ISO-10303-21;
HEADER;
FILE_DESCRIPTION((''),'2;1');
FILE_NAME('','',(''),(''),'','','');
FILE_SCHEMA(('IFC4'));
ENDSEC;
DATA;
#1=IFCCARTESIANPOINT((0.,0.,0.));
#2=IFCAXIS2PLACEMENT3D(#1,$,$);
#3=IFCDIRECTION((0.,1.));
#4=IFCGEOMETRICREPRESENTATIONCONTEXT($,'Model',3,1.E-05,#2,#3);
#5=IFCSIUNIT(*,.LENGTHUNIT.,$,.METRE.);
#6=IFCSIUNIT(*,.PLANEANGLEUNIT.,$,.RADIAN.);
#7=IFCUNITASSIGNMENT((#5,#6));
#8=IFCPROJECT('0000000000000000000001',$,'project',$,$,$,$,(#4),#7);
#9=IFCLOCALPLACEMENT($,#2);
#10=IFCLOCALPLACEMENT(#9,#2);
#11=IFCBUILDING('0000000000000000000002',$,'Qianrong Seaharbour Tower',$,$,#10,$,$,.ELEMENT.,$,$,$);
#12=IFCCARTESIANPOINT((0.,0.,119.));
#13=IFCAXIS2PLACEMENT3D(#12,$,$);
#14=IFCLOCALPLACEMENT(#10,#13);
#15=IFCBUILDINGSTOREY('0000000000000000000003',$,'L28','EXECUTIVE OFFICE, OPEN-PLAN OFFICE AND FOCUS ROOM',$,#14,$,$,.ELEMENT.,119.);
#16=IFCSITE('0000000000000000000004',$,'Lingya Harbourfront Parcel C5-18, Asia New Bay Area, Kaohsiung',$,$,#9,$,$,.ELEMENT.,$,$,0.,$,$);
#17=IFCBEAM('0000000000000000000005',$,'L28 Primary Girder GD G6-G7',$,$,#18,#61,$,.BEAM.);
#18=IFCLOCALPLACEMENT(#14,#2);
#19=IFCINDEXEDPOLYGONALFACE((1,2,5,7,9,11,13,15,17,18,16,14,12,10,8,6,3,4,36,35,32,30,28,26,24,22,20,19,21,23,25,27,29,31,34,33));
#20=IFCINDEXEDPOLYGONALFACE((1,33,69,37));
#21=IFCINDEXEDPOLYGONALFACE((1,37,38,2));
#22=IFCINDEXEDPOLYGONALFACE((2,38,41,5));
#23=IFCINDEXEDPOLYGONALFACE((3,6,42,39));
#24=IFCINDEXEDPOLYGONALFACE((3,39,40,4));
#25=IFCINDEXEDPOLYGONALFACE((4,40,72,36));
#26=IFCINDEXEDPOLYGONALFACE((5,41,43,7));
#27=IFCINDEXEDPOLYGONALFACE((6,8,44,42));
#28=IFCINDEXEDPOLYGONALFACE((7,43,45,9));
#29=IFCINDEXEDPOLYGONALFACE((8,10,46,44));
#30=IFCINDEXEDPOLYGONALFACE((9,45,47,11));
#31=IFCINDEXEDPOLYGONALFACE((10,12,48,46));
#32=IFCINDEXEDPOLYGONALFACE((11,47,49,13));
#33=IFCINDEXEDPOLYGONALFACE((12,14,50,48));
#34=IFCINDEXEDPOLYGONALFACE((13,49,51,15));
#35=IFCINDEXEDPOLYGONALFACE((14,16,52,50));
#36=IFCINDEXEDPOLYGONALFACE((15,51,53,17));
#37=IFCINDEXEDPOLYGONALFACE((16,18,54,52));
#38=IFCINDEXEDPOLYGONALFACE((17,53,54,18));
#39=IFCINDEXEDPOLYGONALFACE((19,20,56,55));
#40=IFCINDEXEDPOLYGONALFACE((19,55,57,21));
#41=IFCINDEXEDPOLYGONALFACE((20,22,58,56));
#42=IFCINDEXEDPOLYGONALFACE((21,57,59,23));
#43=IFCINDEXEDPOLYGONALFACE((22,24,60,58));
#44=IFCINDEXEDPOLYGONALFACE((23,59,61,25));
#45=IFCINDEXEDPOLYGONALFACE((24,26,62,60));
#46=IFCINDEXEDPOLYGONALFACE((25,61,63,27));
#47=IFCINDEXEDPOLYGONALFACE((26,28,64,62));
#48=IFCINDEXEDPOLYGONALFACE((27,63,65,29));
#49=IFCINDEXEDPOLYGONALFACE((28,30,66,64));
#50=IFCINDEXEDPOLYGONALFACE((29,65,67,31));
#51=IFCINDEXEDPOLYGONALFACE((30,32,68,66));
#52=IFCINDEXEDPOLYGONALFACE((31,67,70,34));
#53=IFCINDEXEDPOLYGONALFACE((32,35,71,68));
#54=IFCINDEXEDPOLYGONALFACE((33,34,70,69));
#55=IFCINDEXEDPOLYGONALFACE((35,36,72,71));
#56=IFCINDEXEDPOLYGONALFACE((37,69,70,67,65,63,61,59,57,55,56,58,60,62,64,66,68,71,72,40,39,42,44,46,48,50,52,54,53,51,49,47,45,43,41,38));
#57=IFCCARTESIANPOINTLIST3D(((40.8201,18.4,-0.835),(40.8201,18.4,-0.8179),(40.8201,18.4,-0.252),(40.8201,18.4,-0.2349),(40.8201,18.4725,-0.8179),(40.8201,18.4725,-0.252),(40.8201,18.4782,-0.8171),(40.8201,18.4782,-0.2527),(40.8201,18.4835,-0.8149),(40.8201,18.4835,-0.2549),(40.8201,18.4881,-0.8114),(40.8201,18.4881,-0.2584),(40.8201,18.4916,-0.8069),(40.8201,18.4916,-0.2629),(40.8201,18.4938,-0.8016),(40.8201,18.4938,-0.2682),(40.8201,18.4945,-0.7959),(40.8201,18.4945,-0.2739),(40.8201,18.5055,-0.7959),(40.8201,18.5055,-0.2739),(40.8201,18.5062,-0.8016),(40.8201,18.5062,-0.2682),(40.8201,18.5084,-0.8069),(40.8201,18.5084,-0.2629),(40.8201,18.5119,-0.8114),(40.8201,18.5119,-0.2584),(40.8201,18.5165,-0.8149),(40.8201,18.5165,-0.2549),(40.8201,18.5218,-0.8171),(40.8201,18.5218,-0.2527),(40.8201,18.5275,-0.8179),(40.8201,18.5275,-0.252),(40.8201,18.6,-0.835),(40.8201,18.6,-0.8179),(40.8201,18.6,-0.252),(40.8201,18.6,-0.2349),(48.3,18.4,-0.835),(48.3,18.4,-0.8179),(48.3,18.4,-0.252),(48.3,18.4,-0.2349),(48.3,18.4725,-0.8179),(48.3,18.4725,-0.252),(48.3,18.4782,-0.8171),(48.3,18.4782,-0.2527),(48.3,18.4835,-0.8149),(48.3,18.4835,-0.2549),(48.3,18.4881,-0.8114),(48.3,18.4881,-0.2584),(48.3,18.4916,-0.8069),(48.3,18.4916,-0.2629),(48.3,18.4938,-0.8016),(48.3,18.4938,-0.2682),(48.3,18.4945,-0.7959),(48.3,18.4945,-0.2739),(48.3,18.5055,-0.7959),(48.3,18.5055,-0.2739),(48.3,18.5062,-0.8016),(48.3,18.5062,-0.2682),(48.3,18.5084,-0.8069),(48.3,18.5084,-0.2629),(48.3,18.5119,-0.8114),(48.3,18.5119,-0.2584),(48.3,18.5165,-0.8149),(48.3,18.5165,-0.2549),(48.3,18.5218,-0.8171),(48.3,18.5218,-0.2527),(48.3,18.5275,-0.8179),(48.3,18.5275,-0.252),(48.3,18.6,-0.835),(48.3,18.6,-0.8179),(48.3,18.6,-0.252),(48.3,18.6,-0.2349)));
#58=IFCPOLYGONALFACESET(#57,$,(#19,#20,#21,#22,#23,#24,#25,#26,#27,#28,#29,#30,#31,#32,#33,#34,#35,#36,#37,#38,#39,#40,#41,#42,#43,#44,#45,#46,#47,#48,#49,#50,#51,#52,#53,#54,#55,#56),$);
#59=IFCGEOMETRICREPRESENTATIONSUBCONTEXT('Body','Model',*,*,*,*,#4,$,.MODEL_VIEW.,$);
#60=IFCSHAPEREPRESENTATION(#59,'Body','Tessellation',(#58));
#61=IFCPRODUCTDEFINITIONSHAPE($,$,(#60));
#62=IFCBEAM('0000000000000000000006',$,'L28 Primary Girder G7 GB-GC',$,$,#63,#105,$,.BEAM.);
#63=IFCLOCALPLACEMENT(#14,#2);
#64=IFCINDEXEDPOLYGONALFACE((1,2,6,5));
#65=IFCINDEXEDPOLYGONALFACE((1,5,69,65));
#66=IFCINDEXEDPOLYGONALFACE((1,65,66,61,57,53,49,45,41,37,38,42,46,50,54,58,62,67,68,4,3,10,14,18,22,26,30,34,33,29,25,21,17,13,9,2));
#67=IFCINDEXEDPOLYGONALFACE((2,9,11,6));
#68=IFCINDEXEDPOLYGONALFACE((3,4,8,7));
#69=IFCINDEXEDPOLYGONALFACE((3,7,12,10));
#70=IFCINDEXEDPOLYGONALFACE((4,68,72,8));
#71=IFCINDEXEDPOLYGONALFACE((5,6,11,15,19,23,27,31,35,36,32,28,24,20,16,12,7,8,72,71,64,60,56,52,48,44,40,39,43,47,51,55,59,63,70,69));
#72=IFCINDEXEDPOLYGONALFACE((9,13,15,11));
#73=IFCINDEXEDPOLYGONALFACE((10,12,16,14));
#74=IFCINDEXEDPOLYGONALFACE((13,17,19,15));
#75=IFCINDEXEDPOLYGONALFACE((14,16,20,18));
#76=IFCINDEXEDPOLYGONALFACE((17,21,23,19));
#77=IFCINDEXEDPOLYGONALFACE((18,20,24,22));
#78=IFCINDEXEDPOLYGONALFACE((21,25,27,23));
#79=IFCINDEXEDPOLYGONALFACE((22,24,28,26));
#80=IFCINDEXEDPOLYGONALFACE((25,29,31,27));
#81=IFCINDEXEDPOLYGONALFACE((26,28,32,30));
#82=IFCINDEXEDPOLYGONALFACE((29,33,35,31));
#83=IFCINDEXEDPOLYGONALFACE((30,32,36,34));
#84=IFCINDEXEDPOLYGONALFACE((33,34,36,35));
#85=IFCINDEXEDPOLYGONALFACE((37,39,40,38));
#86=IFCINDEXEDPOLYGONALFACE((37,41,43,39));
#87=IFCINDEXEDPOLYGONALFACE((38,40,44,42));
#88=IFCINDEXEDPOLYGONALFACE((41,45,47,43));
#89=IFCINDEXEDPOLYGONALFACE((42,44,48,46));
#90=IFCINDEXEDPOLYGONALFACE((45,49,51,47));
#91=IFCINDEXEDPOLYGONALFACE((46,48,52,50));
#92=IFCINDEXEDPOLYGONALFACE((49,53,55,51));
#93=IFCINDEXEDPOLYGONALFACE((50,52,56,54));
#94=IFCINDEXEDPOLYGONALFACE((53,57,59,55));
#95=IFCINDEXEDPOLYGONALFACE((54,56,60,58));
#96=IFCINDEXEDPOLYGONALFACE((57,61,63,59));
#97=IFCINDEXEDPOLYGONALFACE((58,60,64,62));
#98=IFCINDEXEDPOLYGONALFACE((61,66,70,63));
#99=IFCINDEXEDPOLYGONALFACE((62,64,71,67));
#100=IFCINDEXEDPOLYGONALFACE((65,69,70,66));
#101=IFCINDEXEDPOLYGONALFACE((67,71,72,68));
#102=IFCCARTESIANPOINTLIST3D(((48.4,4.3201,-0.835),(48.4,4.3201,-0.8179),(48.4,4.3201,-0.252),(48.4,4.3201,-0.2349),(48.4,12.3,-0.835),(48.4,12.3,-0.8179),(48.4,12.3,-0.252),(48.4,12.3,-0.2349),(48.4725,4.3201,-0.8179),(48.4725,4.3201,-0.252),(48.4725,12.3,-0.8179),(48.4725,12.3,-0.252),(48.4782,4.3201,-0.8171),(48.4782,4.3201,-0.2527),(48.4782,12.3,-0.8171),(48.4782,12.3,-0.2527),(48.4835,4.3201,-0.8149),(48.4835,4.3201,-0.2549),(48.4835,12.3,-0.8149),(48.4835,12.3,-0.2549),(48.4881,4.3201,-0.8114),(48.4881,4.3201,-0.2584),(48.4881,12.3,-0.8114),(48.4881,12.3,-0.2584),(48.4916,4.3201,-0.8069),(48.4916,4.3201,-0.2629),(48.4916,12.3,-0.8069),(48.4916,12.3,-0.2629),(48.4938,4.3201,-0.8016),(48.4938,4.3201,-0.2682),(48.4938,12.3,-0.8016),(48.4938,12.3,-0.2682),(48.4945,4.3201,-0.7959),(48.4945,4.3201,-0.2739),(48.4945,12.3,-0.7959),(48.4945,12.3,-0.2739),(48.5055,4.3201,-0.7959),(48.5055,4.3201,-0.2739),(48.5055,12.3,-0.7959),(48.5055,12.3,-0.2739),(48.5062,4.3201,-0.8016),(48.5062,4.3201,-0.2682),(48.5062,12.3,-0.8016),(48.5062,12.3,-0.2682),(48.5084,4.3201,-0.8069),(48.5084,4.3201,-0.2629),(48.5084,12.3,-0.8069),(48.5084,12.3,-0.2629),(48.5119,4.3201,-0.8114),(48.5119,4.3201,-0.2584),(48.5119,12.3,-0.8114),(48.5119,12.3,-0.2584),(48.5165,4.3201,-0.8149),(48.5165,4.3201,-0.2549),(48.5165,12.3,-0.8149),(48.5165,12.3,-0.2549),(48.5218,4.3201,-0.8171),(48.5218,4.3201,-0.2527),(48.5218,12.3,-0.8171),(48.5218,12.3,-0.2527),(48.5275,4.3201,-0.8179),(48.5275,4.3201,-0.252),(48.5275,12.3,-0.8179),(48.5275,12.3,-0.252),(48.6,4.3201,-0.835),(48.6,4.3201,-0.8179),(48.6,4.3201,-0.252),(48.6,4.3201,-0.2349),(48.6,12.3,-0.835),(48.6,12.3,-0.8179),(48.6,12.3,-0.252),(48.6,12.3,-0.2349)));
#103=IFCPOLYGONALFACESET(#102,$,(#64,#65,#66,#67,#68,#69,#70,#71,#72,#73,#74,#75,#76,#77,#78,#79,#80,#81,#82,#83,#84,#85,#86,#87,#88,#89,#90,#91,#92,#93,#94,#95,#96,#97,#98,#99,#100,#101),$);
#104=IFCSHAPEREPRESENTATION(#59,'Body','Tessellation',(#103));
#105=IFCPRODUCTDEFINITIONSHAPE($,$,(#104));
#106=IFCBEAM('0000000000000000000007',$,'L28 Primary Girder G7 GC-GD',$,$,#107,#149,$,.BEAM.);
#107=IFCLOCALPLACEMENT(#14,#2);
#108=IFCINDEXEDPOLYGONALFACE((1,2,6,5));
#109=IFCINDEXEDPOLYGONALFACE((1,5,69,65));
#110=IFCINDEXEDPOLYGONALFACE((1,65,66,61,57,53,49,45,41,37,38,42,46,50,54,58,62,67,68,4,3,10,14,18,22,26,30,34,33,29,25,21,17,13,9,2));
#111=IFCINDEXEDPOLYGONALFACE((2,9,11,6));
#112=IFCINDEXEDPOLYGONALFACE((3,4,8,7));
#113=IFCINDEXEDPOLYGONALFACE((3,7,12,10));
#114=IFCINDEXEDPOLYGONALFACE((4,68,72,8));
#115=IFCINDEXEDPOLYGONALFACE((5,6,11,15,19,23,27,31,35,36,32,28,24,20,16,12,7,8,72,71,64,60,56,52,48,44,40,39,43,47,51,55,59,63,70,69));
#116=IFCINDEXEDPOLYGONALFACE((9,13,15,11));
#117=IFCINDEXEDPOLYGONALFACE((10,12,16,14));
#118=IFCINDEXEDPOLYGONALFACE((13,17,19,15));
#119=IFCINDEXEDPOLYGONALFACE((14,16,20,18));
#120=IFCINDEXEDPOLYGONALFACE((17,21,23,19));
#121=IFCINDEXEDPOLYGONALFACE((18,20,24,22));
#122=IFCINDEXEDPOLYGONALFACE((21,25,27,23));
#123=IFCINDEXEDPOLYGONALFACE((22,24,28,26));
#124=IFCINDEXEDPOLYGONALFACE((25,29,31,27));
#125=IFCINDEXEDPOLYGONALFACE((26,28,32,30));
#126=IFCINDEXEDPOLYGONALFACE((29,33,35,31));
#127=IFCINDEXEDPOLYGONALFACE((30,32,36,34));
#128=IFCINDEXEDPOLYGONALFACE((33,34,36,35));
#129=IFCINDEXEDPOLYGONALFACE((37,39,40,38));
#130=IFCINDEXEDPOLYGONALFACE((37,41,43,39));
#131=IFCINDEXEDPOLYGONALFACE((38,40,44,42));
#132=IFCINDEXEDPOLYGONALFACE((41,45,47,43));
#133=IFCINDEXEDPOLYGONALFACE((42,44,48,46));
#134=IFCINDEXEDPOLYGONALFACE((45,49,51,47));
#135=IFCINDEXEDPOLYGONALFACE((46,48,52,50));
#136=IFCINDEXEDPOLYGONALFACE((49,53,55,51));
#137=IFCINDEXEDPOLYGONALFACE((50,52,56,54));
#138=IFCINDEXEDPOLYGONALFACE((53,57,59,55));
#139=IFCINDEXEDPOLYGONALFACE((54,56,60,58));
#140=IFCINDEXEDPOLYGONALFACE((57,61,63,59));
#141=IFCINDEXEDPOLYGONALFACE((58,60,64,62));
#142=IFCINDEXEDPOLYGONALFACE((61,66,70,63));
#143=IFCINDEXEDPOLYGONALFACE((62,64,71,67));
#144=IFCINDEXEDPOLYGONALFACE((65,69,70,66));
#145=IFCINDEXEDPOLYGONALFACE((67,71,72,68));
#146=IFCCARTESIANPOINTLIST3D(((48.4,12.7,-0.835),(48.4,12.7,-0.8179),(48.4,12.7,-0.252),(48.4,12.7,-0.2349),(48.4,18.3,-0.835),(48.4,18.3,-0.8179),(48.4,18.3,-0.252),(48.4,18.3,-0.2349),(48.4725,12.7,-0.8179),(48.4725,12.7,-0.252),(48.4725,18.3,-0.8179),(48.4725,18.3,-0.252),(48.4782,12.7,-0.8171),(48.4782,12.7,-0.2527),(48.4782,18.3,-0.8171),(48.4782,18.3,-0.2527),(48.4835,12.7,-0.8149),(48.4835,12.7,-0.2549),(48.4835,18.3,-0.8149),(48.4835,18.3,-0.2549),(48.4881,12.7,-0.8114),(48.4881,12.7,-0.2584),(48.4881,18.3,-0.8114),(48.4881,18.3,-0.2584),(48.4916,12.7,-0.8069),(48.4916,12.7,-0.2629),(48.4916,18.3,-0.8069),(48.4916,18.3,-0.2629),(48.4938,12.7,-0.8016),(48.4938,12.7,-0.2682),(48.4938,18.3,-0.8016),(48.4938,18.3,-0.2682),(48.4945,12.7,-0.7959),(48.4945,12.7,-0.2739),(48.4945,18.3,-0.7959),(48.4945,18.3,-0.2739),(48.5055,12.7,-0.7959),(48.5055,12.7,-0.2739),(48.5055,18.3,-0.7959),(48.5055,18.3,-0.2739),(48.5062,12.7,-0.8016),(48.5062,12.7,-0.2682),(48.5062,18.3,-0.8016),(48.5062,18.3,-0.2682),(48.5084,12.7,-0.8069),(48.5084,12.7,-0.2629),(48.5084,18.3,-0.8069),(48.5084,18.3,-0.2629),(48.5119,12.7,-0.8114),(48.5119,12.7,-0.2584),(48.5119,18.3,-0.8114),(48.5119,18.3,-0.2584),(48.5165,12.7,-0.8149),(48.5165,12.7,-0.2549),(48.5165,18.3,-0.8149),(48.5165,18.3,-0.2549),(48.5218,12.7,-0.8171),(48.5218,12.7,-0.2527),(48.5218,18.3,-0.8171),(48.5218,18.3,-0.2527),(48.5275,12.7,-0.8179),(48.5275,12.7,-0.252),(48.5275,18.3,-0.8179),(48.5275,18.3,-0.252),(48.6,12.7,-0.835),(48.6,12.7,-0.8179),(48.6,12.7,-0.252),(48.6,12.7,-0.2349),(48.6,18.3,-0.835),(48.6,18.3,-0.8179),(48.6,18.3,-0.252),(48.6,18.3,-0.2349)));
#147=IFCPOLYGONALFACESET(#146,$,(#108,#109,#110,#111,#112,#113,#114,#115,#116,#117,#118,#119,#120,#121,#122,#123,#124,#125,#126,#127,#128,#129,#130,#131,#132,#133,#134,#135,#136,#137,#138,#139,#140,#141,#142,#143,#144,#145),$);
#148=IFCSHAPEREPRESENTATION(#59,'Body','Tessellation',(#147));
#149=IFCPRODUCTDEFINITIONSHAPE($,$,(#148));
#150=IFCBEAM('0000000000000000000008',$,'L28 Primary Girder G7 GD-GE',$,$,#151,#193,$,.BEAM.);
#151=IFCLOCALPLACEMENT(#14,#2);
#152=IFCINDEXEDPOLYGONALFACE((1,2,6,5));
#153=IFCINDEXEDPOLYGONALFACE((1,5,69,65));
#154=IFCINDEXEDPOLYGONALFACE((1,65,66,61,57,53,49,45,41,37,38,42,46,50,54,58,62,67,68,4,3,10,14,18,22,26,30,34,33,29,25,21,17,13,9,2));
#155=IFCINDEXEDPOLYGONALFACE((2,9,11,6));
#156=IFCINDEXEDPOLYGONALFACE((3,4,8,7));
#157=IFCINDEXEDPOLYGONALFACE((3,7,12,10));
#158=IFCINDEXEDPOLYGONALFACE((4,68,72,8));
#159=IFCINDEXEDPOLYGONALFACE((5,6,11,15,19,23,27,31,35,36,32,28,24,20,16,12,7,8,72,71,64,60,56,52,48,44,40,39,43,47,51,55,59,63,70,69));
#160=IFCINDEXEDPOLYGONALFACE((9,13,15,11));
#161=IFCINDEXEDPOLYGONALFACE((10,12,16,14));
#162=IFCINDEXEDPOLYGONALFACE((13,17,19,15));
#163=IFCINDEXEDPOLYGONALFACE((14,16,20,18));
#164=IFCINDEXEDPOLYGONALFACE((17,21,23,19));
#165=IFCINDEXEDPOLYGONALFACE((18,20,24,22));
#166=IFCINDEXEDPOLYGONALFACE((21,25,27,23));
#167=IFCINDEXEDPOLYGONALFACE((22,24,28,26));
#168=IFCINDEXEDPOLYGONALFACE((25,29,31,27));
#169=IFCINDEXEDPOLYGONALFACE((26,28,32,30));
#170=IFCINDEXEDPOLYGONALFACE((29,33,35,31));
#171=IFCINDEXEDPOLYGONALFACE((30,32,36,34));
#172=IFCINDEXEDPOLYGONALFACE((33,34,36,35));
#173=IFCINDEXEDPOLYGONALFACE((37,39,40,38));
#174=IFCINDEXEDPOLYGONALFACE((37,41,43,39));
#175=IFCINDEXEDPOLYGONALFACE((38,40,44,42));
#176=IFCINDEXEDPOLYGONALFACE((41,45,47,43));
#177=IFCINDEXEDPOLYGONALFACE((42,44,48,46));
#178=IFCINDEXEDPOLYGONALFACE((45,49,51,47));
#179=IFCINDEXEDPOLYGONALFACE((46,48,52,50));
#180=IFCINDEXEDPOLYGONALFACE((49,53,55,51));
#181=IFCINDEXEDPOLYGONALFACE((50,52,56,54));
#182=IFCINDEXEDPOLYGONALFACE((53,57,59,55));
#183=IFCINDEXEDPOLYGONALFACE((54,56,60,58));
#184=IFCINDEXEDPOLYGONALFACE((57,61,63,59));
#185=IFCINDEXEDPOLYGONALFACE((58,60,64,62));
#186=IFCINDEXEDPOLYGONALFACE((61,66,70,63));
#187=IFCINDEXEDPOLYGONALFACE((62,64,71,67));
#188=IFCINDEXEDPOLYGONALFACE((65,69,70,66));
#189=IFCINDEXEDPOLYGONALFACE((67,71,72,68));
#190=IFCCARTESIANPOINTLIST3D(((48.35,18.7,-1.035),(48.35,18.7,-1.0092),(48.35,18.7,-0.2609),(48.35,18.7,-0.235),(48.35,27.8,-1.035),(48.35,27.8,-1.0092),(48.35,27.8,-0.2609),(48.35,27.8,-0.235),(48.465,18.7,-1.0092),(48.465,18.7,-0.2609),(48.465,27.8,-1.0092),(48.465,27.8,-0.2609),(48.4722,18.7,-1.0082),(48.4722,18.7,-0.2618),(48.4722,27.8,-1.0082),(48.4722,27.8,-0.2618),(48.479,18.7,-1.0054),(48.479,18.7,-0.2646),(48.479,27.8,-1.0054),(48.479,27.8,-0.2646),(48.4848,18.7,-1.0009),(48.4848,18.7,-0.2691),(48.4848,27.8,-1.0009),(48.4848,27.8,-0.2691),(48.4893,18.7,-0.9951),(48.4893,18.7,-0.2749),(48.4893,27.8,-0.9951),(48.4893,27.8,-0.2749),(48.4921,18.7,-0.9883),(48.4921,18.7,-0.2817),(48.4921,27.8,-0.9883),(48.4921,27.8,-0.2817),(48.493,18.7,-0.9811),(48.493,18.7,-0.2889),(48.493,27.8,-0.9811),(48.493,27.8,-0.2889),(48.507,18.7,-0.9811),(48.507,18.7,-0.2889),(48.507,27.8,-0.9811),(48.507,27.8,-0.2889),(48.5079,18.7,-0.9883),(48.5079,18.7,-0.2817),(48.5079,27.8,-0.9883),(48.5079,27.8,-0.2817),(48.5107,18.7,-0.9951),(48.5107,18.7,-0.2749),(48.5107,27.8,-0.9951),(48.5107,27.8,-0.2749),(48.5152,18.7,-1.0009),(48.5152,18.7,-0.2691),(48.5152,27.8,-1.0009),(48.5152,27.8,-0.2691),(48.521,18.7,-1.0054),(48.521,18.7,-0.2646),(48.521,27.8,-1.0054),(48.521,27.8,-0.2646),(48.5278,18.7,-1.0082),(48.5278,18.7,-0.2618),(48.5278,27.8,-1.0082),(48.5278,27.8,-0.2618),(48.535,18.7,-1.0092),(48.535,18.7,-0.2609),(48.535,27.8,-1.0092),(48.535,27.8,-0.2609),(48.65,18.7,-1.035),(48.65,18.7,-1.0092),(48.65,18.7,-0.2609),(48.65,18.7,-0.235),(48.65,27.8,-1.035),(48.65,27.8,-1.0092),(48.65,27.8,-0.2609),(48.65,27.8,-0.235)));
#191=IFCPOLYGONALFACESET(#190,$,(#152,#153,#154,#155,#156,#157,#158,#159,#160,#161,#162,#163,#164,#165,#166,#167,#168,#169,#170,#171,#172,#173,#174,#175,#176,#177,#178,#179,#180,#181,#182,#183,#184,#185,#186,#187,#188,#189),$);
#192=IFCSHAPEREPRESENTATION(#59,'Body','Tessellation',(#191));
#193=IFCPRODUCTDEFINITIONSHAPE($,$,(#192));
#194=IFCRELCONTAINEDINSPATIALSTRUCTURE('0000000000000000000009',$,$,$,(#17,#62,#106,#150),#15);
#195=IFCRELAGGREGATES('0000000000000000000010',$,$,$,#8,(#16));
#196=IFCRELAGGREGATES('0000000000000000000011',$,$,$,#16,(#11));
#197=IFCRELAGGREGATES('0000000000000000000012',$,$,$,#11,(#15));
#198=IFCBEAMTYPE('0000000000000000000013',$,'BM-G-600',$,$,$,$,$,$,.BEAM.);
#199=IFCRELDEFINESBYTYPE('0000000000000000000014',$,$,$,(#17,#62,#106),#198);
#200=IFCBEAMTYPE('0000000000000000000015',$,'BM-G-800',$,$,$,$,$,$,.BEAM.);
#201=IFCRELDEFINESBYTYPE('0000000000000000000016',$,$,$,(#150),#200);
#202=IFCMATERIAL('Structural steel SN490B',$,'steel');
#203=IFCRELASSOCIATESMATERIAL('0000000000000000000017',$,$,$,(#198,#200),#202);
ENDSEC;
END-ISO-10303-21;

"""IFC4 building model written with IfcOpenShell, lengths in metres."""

from ifc_helpers import new_model, si_unit, direction, frame, origin, origin_2d, place, context, subcontext, project, spatial, i_section, extrude, material, material_profile, profile_set, type_object, element, save


model = new_model("IFC4")

# Units and contexts
model_context = context("Model", 3, precision=1e-05, world=origin(), true_north=direction((0.0, 1.0)))
body_context = subcontext(model_context, "Body", "Model", "MODEL_VIEW")
ifc_project = project(units=[si_unit("LENGTHUNIT", "METRE"), si_unit("PLANEANGLEUNIT", "RADIAN")], contexts=[model_context])

# Site, building, storey
site_placement = place(None, origin())
site = spatial("IfcSite", under=ifc_project, at=site_placement, Name="Lingya Harbourfront Parcel C5-18, Asia New Bay Area, Kaohsiung", CompositionType="ELEMENT", RefElevation=0.0)
building_placement = place(site_placement, origin())
building = spatial("IfcBuilding", under=site, at=building_placement, Name="Qianrong Seaharbour Tower", CompositionType="ELEMENT")
storey_placement = place(building_placement, frame((0.0, 0.0, 119.0)))
storey = spatial("IfcBuildingStorey", under=building, at=storey_placement, Name="L28", Description="EXECUTIVE OFFICE, OPEN-PLAN OFFICE AND FOCUS ROOM", CompositionType="ELEMENT", Elevation=119.0)

# Shared definitions
ifc_material_1 = material(Name="Structural steel SN490B", Category="steel")

# Beams
ifc_material_profile_1 = material_profile(ifc_material_1, i_section(OverallWidth=0.2, OverallDepth=0.6001, WebThickness=0.011, FlangeThickness=0.0171, FilletRadius=0.022, at=origin_2d()), Name="H600x200x11x17")
ifc_profile_set_1 = profile_set([ifc_material_profile_1], Name="Structural steel SN490B")
beam_type_1 = type_object("IfcBeamType", Name="BM-G-600", PredefinedType="BEAM", material=ifc_profile_set_1)
for number, where, z_axis, x_axis, name in (
    (1, (40.8201, 18.5, -0.5349), (1.0, 0.0, 0.0), (0.0, 1.0, 0.0), "L28 Primary Girder GD G6-G7"),
):
    element("IfcBeam", number, at=place(storey_placement, frame(where, z_axis=z_axis, x_axis=x_axis)), inside=storey, type_object=beam_type_1, Name=name, PredefinedType="BEAM", context=body_context, shape_type="SweptSolid", body=[
        extrude(i_section(OverallWidth=0.2, OverallDepth=0.6001, WebThickness=0.011, FlangeThickness=0.0171, FilletRadius=0.022, at=origin_2d()), origin(), (0.0, 0.0, 1.0), 7.48),
    ])
beam_1_placement = place(storey_placement, frame((48.5, 4.3201, -0.5349), z_axis=(0.0, 1.0, 0.0), x_axis=(-1.0, 0.0, 0.0)))
element("IfcBeam", 2, at=beam_1_placement, inside=storey, type_object=beam_type_1, Name="L28 Primary Girder G7 GB-GC", PredefinedType="BEAM", context=body_context, shape_type="SweptSolid", body=[
    extrude(i_section(OverallWidth=0.2, OverallDepth=0.6001, WebThickness=0.011, FlangeThickness=0.0171, FilletRadius=0.022, at=origin_2d()), origin(), (0.0, 0.0, 1.0), 7.98),
])
beam_2_placement = place(storey_placement, frame((48.5, 12.7, -0.5349), z_axis=(0.0, 1.0, 0.0), x_axis=(-1.0, 0.0, 0.0)))
element("IfcBeam", 3, at=beam_2_placement, inside=storey, type_object=beam_type_1, Name="L28 Primary Girder G7 GC-GD", PredefinedType="BEAM", context=body_context, shape_type="SweptSolid", body=[
    extrude(i_section(OverallWidth=0.2, OverallDepth=0.6001, WebThickness=0.011, FlangeThickness=0.0171, FilletRadius=0.022, at=origin_2d()), origin(), (0.0, 0.0, 1.0), 5.6001),
])
ifc_material_profile_2 = material_profile(ifc_material_1, i_section(OverallWidth=0.3, OverallDepth=0.8, WebThickness=0.0139, FlangeThickness=0.0259, FilletRadius=0.0281, at=origin_2d()), Name="H800x300x14x26")
ifc_profile_set_2 = profile_set([ifc_material_profile_2], Name="Structural steel SN490B")
beam_type_2 = type_object("IfcBeamType", Name="BM-G-800", PredefinedType="BEAM", material=ifc_profile_set_2)
beam_3_placement = place(storey_placement, frame((48.5, 18.7, -0.635), z_axis=(0.0, 1.0, 0.0), x_axis=(-1.0, 0.0, 0.0)))
element("IfcBeam", 4, at=beam_3_placement, inside=storey, type_object=beam_type_2, Name="L28 Primary Girder G7 GD-GE", PredefinedType="BEAM", context=body_context, shape_type="SweptSolid", body=[
    extrude(i_section(OverallWidth=0.3, OverallDepth=0.8, WebThickness=0.0139, FlangeThickness=0.0259, FilletRadius=0.0281, at=origin_2d()), origin(), (0.0, 0.0, 1.0), 9.1001),
])

save(model, "model.ifc")
